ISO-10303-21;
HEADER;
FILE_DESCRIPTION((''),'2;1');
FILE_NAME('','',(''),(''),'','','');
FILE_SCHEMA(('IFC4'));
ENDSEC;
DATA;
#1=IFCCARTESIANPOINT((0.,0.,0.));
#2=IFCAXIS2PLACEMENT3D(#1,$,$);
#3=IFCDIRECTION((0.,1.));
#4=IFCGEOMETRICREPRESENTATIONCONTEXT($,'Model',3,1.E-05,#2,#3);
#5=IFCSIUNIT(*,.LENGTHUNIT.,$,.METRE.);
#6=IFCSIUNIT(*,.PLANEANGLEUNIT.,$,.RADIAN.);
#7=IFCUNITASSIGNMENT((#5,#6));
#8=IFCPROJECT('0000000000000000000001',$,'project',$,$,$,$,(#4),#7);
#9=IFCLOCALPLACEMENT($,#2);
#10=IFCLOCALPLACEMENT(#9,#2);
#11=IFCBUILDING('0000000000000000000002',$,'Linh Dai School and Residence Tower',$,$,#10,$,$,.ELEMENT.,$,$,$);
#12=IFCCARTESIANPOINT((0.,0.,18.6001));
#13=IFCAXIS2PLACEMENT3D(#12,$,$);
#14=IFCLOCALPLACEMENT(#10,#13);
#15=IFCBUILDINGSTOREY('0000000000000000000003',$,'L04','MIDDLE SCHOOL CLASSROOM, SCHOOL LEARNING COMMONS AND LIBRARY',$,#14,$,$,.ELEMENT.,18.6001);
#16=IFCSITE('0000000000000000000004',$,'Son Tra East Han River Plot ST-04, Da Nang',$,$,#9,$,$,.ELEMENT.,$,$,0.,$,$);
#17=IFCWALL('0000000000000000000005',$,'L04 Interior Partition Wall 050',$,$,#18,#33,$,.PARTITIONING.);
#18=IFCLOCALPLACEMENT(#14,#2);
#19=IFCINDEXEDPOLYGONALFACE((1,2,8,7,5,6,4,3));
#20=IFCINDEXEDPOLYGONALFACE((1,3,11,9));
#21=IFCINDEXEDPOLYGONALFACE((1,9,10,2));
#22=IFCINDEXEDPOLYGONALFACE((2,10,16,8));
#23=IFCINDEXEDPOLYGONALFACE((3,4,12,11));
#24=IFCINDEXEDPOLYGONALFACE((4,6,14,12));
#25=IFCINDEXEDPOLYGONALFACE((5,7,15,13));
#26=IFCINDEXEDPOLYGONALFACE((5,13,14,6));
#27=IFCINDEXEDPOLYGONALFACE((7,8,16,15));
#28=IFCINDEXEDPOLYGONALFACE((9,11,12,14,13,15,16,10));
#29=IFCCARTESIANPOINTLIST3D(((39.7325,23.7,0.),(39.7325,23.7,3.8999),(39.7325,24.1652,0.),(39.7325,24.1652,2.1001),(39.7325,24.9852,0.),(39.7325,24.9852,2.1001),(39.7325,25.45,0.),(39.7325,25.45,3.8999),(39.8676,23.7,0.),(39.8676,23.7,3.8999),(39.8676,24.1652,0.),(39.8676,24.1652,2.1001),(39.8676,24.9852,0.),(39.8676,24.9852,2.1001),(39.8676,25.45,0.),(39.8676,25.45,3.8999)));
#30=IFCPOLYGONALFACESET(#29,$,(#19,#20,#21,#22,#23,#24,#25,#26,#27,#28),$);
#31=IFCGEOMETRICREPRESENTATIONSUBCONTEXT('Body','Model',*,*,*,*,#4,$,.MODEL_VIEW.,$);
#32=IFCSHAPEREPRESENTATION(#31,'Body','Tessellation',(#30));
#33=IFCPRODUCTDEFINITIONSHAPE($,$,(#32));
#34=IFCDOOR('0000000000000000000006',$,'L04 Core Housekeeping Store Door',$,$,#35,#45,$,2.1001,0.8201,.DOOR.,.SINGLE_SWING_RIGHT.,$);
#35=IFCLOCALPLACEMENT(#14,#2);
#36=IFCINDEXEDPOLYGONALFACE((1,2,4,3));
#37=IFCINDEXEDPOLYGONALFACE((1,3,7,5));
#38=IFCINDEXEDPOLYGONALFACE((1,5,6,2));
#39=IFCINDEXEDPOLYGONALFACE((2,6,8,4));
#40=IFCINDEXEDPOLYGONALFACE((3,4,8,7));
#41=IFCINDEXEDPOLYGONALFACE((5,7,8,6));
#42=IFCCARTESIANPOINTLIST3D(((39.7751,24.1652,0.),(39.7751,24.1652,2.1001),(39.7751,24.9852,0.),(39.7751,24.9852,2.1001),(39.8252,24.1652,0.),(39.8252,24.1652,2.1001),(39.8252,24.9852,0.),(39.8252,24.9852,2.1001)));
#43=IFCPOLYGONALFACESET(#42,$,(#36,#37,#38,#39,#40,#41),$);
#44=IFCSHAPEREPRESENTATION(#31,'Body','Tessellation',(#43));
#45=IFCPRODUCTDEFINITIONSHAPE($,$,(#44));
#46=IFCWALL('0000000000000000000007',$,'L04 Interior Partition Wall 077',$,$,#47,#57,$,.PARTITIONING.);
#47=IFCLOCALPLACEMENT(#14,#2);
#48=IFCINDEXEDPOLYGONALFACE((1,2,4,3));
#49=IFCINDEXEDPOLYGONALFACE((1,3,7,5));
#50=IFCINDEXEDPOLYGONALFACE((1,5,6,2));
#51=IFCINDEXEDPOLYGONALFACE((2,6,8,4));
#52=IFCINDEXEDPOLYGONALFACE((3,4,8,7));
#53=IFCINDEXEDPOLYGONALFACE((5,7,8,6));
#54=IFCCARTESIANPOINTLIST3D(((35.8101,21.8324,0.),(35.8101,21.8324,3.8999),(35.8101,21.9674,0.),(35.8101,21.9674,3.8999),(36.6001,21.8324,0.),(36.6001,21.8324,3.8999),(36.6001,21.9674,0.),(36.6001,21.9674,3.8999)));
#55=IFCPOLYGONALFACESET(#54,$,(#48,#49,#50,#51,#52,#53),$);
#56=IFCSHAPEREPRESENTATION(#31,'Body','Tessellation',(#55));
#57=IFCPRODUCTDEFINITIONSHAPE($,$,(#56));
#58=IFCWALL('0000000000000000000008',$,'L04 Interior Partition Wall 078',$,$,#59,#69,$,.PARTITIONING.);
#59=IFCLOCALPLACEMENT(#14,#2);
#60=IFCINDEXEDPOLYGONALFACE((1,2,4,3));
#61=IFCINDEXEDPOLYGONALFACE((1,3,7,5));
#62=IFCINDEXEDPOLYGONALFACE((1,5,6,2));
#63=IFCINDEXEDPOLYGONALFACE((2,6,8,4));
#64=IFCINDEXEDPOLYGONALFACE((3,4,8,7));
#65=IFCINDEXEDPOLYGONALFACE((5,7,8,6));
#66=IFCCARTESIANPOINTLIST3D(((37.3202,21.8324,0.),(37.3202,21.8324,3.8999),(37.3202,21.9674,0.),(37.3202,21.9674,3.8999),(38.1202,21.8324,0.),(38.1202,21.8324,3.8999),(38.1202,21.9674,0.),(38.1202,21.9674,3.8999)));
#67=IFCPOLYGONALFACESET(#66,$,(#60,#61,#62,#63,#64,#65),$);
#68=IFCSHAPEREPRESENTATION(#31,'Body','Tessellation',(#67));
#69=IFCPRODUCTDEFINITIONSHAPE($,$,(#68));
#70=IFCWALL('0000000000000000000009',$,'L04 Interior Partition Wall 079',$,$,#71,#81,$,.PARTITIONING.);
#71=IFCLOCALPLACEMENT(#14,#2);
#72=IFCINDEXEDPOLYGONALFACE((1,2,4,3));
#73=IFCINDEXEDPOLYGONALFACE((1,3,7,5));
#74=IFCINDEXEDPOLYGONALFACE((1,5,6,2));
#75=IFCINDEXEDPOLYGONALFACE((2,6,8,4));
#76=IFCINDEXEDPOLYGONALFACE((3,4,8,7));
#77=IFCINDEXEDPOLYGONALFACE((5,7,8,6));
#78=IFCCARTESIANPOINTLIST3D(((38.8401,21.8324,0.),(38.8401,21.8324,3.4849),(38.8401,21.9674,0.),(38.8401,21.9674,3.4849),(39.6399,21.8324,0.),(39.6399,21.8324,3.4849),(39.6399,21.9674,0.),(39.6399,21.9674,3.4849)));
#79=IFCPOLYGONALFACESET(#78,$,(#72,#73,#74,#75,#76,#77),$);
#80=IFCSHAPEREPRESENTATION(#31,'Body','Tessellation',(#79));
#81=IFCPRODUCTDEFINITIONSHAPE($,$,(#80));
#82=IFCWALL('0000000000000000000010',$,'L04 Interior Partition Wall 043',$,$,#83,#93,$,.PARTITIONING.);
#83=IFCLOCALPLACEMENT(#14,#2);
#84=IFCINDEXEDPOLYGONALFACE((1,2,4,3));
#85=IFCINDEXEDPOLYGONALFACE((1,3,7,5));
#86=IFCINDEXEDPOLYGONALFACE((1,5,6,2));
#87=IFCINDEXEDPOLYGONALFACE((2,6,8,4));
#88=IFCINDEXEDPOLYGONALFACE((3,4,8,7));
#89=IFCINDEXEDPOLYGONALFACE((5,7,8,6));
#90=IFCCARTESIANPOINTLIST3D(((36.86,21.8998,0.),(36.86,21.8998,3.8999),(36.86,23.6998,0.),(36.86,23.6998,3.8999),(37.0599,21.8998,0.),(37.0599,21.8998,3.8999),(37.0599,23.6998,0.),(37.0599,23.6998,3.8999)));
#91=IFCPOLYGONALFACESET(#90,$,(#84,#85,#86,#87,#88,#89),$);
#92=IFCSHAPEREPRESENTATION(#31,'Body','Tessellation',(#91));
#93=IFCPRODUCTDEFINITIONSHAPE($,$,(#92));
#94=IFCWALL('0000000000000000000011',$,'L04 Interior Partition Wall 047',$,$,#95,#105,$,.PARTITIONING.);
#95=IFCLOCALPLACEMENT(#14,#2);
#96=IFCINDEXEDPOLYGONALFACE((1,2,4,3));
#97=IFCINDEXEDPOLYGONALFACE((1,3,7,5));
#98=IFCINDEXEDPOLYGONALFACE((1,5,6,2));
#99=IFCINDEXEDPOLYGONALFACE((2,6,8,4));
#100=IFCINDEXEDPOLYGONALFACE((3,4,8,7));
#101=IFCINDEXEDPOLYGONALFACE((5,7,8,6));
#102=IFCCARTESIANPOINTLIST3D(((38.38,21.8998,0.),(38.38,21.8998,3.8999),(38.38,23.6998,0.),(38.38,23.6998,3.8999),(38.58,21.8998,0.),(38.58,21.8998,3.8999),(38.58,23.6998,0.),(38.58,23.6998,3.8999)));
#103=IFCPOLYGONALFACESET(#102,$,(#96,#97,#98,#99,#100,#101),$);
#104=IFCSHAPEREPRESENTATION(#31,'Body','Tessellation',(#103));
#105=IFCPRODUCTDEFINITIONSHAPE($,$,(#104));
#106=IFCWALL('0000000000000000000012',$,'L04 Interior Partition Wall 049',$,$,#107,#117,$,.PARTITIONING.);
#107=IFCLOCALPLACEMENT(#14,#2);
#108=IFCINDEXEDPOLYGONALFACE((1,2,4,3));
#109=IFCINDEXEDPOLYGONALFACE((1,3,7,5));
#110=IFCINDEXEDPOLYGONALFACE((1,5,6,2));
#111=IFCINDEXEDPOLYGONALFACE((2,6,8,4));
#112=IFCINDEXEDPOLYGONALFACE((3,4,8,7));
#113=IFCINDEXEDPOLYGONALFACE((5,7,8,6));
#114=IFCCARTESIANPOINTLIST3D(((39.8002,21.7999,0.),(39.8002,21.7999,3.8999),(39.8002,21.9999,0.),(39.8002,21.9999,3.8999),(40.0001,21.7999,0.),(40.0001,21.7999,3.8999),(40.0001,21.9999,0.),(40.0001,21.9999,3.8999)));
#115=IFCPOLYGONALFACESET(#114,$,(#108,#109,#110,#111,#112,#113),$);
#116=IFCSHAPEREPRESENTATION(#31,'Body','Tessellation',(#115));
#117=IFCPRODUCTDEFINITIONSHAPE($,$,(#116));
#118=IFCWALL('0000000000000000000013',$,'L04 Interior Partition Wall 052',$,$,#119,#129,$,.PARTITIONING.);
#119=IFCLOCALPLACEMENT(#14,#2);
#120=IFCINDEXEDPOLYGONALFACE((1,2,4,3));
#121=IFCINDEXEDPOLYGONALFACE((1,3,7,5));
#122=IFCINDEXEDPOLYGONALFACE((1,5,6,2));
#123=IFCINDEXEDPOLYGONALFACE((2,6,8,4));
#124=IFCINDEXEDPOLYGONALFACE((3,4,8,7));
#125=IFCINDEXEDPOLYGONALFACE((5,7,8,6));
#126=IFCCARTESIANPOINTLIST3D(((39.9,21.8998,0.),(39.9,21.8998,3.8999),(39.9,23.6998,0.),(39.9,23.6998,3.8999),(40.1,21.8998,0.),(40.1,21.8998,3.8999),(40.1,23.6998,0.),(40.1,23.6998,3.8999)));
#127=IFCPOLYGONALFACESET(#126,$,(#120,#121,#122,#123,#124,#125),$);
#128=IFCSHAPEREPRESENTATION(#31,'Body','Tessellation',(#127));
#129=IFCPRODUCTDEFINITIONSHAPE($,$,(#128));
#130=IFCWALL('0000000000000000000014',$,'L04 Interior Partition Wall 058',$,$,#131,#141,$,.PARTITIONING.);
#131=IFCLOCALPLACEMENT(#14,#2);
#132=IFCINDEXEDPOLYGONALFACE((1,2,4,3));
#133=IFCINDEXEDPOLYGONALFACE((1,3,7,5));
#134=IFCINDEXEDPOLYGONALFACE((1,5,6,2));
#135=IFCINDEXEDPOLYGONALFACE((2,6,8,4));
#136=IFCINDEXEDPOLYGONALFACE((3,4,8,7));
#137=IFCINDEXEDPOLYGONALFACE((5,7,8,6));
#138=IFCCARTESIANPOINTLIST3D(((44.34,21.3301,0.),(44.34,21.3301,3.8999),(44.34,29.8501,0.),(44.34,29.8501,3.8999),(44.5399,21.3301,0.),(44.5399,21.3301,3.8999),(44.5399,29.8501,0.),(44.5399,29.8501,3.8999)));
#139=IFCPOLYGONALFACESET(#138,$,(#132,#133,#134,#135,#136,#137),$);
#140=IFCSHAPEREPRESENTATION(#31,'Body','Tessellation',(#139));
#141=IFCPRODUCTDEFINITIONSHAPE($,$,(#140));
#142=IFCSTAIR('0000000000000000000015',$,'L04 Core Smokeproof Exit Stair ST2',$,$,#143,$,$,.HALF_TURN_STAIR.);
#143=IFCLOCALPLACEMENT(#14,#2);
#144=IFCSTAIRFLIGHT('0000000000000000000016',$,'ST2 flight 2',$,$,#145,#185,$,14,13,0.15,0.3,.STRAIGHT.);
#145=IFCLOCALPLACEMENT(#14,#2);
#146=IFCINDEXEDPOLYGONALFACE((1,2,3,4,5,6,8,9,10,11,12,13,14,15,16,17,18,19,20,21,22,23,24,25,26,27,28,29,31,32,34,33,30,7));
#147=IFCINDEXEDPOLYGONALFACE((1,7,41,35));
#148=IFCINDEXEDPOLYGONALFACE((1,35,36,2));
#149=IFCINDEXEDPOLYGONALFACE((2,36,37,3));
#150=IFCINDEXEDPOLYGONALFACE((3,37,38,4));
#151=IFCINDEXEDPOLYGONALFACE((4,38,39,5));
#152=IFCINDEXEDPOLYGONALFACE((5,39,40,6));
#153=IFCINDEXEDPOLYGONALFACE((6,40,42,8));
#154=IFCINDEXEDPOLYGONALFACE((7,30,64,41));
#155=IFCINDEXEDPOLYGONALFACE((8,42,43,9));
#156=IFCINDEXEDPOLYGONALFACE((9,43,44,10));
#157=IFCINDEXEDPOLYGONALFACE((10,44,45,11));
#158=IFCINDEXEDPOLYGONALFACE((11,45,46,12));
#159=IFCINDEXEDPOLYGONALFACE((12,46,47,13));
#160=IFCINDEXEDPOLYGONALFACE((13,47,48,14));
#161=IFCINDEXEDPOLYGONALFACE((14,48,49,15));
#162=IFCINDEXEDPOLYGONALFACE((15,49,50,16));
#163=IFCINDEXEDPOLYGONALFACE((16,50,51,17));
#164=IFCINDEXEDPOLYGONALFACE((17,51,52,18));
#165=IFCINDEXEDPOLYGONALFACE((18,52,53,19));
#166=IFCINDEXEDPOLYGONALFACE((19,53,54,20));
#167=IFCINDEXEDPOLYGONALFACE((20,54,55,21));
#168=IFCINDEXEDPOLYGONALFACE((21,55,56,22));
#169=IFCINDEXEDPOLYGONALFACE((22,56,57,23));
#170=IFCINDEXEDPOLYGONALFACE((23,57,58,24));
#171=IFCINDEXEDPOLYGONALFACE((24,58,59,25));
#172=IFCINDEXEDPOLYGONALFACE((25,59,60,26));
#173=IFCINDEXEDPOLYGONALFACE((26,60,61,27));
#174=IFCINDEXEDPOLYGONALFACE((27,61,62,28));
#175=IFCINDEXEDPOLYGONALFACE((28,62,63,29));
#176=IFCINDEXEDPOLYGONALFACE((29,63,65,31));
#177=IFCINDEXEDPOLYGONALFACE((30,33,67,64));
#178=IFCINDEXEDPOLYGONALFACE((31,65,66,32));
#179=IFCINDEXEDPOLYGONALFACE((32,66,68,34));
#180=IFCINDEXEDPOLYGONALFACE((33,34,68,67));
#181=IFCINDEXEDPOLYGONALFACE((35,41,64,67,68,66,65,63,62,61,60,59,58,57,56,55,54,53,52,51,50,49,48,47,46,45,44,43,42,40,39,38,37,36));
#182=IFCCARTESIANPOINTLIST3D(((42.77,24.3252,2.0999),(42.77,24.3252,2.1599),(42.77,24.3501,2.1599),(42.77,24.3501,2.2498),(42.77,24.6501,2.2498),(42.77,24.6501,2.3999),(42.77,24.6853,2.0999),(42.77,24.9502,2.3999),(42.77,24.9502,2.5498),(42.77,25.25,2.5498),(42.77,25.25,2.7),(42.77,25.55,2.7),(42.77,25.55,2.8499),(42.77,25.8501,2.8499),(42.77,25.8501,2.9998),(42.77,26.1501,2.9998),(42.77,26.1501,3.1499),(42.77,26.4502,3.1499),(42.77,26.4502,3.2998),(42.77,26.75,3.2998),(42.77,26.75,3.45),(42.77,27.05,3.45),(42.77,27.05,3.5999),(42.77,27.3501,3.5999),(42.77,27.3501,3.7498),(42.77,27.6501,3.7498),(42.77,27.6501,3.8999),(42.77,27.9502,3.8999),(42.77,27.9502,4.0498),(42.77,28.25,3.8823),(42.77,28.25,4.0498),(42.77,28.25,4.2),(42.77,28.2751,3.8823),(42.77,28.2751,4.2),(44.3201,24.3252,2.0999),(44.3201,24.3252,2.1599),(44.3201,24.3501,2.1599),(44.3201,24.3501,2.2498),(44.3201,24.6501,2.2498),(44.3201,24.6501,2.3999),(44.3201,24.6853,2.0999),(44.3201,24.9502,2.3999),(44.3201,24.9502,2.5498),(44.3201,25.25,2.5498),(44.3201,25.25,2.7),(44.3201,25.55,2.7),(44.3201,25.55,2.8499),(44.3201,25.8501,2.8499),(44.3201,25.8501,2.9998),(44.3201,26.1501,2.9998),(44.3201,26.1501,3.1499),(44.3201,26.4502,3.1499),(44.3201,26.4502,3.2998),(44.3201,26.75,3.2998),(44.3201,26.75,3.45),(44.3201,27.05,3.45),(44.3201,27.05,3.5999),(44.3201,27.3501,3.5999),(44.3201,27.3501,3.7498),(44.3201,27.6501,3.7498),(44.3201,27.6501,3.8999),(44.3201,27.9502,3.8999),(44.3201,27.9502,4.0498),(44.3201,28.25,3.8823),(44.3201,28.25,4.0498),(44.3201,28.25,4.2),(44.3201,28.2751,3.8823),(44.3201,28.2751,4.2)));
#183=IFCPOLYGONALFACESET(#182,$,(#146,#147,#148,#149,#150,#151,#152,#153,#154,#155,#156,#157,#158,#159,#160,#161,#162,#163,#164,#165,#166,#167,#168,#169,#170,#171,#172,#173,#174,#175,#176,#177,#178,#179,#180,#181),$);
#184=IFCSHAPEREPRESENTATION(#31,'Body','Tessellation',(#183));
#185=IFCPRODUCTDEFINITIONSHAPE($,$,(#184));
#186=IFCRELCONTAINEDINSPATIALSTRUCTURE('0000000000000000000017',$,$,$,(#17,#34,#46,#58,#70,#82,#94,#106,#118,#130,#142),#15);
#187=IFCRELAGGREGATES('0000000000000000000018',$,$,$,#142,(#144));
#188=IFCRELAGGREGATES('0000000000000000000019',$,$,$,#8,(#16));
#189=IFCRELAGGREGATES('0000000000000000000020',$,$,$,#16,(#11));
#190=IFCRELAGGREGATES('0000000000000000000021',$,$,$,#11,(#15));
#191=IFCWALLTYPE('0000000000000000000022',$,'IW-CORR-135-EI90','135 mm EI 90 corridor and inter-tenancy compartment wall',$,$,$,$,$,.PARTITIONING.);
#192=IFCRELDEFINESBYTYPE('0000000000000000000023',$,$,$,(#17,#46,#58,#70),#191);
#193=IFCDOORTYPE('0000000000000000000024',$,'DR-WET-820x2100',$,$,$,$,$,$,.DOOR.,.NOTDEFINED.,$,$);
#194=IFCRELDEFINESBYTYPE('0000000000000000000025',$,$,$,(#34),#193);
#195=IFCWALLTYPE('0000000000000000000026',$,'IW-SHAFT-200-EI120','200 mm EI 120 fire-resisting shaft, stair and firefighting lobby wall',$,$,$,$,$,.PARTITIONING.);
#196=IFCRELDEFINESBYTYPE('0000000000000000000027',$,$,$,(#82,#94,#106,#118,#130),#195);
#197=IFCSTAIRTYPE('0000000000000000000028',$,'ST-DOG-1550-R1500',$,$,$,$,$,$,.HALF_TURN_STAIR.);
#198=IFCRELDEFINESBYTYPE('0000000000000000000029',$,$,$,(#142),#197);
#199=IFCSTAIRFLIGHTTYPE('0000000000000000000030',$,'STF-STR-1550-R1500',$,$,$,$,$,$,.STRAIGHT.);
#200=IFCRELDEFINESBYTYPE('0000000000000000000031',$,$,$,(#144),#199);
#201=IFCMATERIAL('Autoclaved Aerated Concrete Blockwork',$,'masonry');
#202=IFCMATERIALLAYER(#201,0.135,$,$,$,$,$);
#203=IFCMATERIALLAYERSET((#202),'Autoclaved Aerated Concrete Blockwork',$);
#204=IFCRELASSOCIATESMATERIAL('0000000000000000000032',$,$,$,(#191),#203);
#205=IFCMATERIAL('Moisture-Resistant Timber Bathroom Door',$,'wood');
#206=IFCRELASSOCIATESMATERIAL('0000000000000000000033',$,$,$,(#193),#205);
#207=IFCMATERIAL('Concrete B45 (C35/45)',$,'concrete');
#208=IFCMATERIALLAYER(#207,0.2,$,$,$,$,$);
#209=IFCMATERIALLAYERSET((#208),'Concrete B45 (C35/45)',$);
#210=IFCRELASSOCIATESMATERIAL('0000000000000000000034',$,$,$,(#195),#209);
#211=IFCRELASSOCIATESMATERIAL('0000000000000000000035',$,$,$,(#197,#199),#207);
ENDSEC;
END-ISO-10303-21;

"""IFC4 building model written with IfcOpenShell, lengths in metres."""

from ifc_helpers import new_model, si_unit, direction, frame, frame_2d, origin, origin_2d, place, context, subcontext, project, spatial, polyline, rectangle, outline, extrude, source, transform, mapped, material, layer, layer_set, type_object, element, fill, aggregate, save


model = new_model("IFC4")

# Units and contexts
model_context = context("Model", 3, precision=1e-05, world=origin(), true_north=direction((0.0, 1.0)))
body_context = subcontext(model_context, "Body", "Model", "MODEL_VIEW")
ifc_project = project(units=[si_unit("LENGTHUNIT", "METRE"), si_unit("PLANEANGLEUNIT", "RADIAN")], contexts=[model_context])

# Site, building, storey
site_placement = place(None, origin())
site = spatial("IfcSite", under=ifc_project, at=site_placement, Name="Son Tra East Han River Plot ST-04, Da Nang", CompositionType="ELEMENT", RefElevation=0.0)
building_placement = place(site_placement, origin())
building = spatial("IfcBuilding", under=site, at=building_placement, Name="Linh Dai School and Residence Tower", CompositionType="ELEMENT")
storey_placement = place(building_placement, frame((0.0, 0.0, 18.6001)))
storey = spatial("IfcBuildingStorey", under=building, at=storey_placement, Name="L04", Description="MIDDLE SCHOOL CLASSROOM, SCHOOL LEARNING COMMONS AND LIBRARY", CompositionType="ELEMENT", Elevation=18.6001)

# Wall, opening, door
ifc_material_1 = material(Name="Autoclaved Aerated Concrete Blockwork", Category="masonry")
ifc_layer_1 = layer(ifc_material_1, 0.135)
ifc_layer_set_1 = layer_set([ifc_layer_1], Name="Autoclaved Aerated Concrete Blockwork")
wall_type_1 = type_object("IfcWallType", Name="IW-CORR-135-EI90", Description="135 mm EI 90 corridor and inter-tenancy compartment wall", PredefinedType="PARTITIONING", material=ifc_layer_set_1)
wall_1_placement = place(storey_placement, frame((39.8, 23.7, 0.0), z_axis=(0.0, 0.0, 1.0), x_axis=(0.0, 1.0, 0.0)))
wall_1 = element("IfcWall", 1, at=wall_1_placement, inside=storey, type_object=wall_type_1, Name="L04 Interior Partition Wall 050", PredefinedType="PARTITIONING", context=body_context, shape_type="SweptSolid", body=[
    extrude(rectangle(XDim=1.75, YDim=0.135, at=frame_2d((0.875, 0.0))), origin(), (0.0, 0.0, 1.0), 3.8999),
])
opening_placement = place(wall_1_placement, frame((0.4651, 0.0, 0.0)))
opening = element("IfcOpeningElement", 2, at=opening_placement, cuts=wall_1, PredefinedType="OPENING", context=body_context, shape_type="SweptSolid", body=[
    extrude(rectangle(XDim=0.8201, YDim=2.1001, at=origin_2d()), frame((0.4102, 0.0776, 1.05), z_axis=(0.0, -1.0, 0.0), x_axis=(1.0, 0.0, 0.0)), (0.0, 0.0, 1.0), 0.155),
])
ifc_material_2 = material(Name="Moisture-Resistant Timber Bathroom Door", Category="wood")
door_type = type_object("IfcDoorType", Name="DR-WET-820x2100", OperationType="NOTDEFINED", PredefinedType="DOOR", material=ifc_material_2)
shared_shape_1 = source(origin(), body_context, "Body", "SweptSolid", [
    extrude(rectangle(XDim=0.8201, YDim=2.1001, at=origin_2d()), frame((0.4102, 0.0249, 1.05), z_axis=(0.0, -1.0, 0.0), x_axis=(1.0, 0.0, 0.0)), (0.0, 0.0, 1.0), 0.05),
])
door_placement = place(opening_placement, origin())
door = element("IfcDoor", 3, at=door_placement, inside=storey, type_object=door_type, Name="L04 Core Housekeeping Store Door", OperationType="SINGLE_SWING_RIGHT", OverallHeight=2.1001, OverallWidth=0.8201, PredefinedType="DOOR", context=body_context, shape_type="MappedRepresentation", body=[
    mapped(shared_shape_1, transform((0.0, 0.0, 0.0), x_axis=(1.0, 0.0, 0.0), y_axis=(0.0, 1.0, 0.0), z_axis=(0.0, 0.0, 1.0), scale=1.0)),
])
fill(opening, door)

# Walls
wall_2_placement = place(storey_placement, frame((36.6001, 21.8999, 0.0), z_axis=(0.0, 0.0, 1.0), x_axis=(-1.0, 0.0, 0.0)))
element("IfcWall", 4, at=wall_2_placement, inside=storey, type_object=wall_type_1, Name="L04 Interior Partition Wall 077", PredefinedType="PARTITIONING", context=body_context, shape_type="SweptSolid", body=[
    extrude(rectangle(XDim=0.79, YDim=0.135, at=frame_2d((0.395, 0.0))), origin(), (0.0, 0.0, 1.0), 3.8999),
])
wall_3_placement = place(storey_placement, frame((38.1201, 21.8999, 0.0), z_axis=(0.0, 0.0, 1.0), x_axis=(-1.0, 0.0, 0.0)))
element("IfcWall", 5, at=wall_3_placement, inside=storey, type_object=wall_type_1, Name="L04 Interior Partition Wall 078", PredefinedType="PARTITIONING", context=body_context, shape_type="SweptSolid", body=[
    extrude(rectangle(XDim=0.8, YDim=0.135, at=frame_2d((0.3999, 0.0))), origin(), (0.0, 0.0, 1.0), 3.8999),
])
wall_4_placement = place(storey_placement, frame((39.6399, 21.8999, 0.0), z_axis=(0.0, 0.0, 1.0), x_axis=(-1.0, 0.0, 0.0)))
element("IfcWall", 6, at=wall_4_placement, inside=storey, type_object=wall_type_1, Name="L04 Interior Partition Wall 079", PredefinedType="PARTITIONING", context=body_context, shape_type="SweptSolid", body=[
    extrude(rectangle(XDim=0.7998, YDim=0.135, at=frame_2d((0.3999, 0.0))), origin(), (0.0, 0.0, 1.0), 3.4849),
])
ifc_material_3 = material(Name="Concrete B45 (C35/45)", Category="concrete")
ifc_layer_2 = layer(ifc_material_3, 0.2)
ifc_layer_set_2 = layer_set([ifc_layer_2], Name="Concrete B45 (C35/45)")
wall_type_2 = type_object("IfcWallType", Name="IW-SHAFT-200-EI120", Description="200 mm EI 120 fire-resisting shaft, stair and firefighting lobby wall", PredefinedType="PARTITIONING", material=ifc_layer_set_2)
for number, where, z_axis, x_axis, name in (
    (7, (36.96, 21.8999, 0.0), (0.0, 0.0, 1.0), (0.0, 1.0, 0.0), "L04 Interior Partition Wall 043"),
    (8, (38.48, 21.8999, 0.0), (0.0, 0.0, 1.0), (0.0, 1.0, 0.0), "L04 Interior Partition Wall 047"),
):
    element("IfcWall", number, at=place(storey_placement, frame(where, z_axis=z_axis, x_axis=x_axis)), inside=storey, type_object=wall_type_2, Name=name, PredefinedType="PARTITIONING", context=body_context, shape_type="SweptSolid", body=[
        extrude(rectangle(XDim=1.8, YDim=0.2, at=frame_2d((0.8999, 0.0))), origin(), (0.0, 0.0, 1.0), 3.8999),
    ])
wall_5_placement = place(storey_placement, frame((39.8, 21.8999, 0.0), z_axis=(0.0, 0.0, 1.0), x_axis=(1.0, 0.0, 0.0)))
element("IfcWall", 9, at=wall_5_placement, inside=storey, type_object=wall_type_2, Name="L04 Interior Partition Wall 049", PredefinedType="PARTITIONING", context=body_context, shape_type="SweptSolid", body=[
    extrude(rectangle(XDim=0.2, YDim=0.2, at=frame_2d((0.1001, 0.0))), origin(), (0.0, 0.0, 1.0), 3.8999),
])
wall_6_placement = place(storey_placement, frame((40.0, 21.8999, 0.0), z_axis=(0.0, 0.0, 1.0), x_axis=(0.0, 1.0, 0.0)))
element("IfcWall", 10, at=wall_6_placement, inside=storey, type_object=wall_type_2, Name="L04 Interior Partition Wall 052", PredefinedType="PARTITIONING", context=body_context, shape_type="SweptSolid", body=[
    extrude(rectangle(XDim=1.8, YDim=0.2, at=frame_2d((0.8999, 0.0))), origin(), (0.0, 0.0, 1.0), 3.8999),
])
wall_7_placement = place(storey_placement, frame((44.4399, 21.3301, 0.0), z_axis=(0.0, 0.0, 1.0), x_axis=(0.0, 1.0, 0.0)))
element("IfcWall", 11, at=wall_7_placement, inside=storey, type_object=wall_type_2, Name="L04 Interior Partition Wall 058", PredefinedType="PARTITIONING", context=body_context, shape_type="SweptSolid", body=[
    extrude(rectangle(XDim=8.52, YDim=0.2, at=frame_2d((4.26, 0.0))), origin(), (0.0, 0.0, 1.0), 3.8999),
])

# Stair, stair flight
stair_type = type_object("IfcStairType", Name="ST-DOG-1550-R1500", PredefinedType="HALF_TURN_STAIR", material=ifc_material_3)
stair_placement = place(storey_placement, origin())
stair = element("IfcStair", 12, at=stair_placement, inside=storey, type_object=stair_type, Name="L04 Core Smokeproof Exit Stair ST2", PredefinedType="HALF_TURN_STAIR")
stair_flight_type = type_object("IfcStairFlightType", Name="STF-STR-1550-R1500", PredefinedType="STRAIGHT", material=ifc_material_3)
shared_shape_2 = source(origin(), body_context, "Body", "SweptSolid", [
    extrude(outline(polyline([(-0.0249, 0.0), (-0.0249, 0.0601), (0.0, 0.0601), (0.0, 0.1499), (0.3, 0.1499), (0.3, 0.3), (0.6001, 0.3), (0.6001, 0.45), (0.8999, 0.45), (0.8999, 0.6001), (1.2, 0.6001), (1.2, 0.75), (1.5, 0.75), (1.5, 0.8999), (1.8, 0.8999), (1.8, 1.05), (2.1001, 1.05), (2.1001, 1.2), (2.3999, 1.2), (2.3999, 1.3501), (2.7, 1.3501), (2.7, 1.5), (3.0, 1.5), (3.0, 1.6499), (3.3, 1.6499), (3.3, 1.8), (3.6001, 1.8), (3.6001, 1.95), (3.8999, 1.95), (3.8999, 2.1001), (3.925, 2.1001), (3.925, 1.7825), (3.8999, 1.7825), (0.3352, 0.0), (-0.0249, 0.0)])), frame((0.0, 0.7749, 0.0), z_axis=(0.0, -1.0, 0.0), x_axis=(1.0, 0.0, 0.0)), (0.0, 0.0, 1.0), 1.55),
])
stair_flight_placement = place(storey_placement, frame((43.5449, 24.3501, 2.0999), z_axis=(0.0, 0.0, 1.0), x_axis=(0.0, 1.0, 0.0)))
stair_flight = element("IfcStairFlight", 13, at=stair_flight_placement, type_object=stair_flight_type, Name="ST2 flight 2", NumberOfRisers=14, NumberOfTreads=13, PredefinedType="STRAIGHT", RiserHeight=0.15, TreadLength=0.3, context=body_context, shape_type="MappedRepresentation", body=[
    mapped(shared_shape_2, transform((0.0, 0.0, 0.0), x_axis=(1.0, 0.0, 0.0), y_axis=(0.0, 1.0, 0.0), z_axis=(0.0, 0.0, 1.0), scale=1.0)),
])
aggregate(stair, [stair_flight])

save(model, "model.ifc")
